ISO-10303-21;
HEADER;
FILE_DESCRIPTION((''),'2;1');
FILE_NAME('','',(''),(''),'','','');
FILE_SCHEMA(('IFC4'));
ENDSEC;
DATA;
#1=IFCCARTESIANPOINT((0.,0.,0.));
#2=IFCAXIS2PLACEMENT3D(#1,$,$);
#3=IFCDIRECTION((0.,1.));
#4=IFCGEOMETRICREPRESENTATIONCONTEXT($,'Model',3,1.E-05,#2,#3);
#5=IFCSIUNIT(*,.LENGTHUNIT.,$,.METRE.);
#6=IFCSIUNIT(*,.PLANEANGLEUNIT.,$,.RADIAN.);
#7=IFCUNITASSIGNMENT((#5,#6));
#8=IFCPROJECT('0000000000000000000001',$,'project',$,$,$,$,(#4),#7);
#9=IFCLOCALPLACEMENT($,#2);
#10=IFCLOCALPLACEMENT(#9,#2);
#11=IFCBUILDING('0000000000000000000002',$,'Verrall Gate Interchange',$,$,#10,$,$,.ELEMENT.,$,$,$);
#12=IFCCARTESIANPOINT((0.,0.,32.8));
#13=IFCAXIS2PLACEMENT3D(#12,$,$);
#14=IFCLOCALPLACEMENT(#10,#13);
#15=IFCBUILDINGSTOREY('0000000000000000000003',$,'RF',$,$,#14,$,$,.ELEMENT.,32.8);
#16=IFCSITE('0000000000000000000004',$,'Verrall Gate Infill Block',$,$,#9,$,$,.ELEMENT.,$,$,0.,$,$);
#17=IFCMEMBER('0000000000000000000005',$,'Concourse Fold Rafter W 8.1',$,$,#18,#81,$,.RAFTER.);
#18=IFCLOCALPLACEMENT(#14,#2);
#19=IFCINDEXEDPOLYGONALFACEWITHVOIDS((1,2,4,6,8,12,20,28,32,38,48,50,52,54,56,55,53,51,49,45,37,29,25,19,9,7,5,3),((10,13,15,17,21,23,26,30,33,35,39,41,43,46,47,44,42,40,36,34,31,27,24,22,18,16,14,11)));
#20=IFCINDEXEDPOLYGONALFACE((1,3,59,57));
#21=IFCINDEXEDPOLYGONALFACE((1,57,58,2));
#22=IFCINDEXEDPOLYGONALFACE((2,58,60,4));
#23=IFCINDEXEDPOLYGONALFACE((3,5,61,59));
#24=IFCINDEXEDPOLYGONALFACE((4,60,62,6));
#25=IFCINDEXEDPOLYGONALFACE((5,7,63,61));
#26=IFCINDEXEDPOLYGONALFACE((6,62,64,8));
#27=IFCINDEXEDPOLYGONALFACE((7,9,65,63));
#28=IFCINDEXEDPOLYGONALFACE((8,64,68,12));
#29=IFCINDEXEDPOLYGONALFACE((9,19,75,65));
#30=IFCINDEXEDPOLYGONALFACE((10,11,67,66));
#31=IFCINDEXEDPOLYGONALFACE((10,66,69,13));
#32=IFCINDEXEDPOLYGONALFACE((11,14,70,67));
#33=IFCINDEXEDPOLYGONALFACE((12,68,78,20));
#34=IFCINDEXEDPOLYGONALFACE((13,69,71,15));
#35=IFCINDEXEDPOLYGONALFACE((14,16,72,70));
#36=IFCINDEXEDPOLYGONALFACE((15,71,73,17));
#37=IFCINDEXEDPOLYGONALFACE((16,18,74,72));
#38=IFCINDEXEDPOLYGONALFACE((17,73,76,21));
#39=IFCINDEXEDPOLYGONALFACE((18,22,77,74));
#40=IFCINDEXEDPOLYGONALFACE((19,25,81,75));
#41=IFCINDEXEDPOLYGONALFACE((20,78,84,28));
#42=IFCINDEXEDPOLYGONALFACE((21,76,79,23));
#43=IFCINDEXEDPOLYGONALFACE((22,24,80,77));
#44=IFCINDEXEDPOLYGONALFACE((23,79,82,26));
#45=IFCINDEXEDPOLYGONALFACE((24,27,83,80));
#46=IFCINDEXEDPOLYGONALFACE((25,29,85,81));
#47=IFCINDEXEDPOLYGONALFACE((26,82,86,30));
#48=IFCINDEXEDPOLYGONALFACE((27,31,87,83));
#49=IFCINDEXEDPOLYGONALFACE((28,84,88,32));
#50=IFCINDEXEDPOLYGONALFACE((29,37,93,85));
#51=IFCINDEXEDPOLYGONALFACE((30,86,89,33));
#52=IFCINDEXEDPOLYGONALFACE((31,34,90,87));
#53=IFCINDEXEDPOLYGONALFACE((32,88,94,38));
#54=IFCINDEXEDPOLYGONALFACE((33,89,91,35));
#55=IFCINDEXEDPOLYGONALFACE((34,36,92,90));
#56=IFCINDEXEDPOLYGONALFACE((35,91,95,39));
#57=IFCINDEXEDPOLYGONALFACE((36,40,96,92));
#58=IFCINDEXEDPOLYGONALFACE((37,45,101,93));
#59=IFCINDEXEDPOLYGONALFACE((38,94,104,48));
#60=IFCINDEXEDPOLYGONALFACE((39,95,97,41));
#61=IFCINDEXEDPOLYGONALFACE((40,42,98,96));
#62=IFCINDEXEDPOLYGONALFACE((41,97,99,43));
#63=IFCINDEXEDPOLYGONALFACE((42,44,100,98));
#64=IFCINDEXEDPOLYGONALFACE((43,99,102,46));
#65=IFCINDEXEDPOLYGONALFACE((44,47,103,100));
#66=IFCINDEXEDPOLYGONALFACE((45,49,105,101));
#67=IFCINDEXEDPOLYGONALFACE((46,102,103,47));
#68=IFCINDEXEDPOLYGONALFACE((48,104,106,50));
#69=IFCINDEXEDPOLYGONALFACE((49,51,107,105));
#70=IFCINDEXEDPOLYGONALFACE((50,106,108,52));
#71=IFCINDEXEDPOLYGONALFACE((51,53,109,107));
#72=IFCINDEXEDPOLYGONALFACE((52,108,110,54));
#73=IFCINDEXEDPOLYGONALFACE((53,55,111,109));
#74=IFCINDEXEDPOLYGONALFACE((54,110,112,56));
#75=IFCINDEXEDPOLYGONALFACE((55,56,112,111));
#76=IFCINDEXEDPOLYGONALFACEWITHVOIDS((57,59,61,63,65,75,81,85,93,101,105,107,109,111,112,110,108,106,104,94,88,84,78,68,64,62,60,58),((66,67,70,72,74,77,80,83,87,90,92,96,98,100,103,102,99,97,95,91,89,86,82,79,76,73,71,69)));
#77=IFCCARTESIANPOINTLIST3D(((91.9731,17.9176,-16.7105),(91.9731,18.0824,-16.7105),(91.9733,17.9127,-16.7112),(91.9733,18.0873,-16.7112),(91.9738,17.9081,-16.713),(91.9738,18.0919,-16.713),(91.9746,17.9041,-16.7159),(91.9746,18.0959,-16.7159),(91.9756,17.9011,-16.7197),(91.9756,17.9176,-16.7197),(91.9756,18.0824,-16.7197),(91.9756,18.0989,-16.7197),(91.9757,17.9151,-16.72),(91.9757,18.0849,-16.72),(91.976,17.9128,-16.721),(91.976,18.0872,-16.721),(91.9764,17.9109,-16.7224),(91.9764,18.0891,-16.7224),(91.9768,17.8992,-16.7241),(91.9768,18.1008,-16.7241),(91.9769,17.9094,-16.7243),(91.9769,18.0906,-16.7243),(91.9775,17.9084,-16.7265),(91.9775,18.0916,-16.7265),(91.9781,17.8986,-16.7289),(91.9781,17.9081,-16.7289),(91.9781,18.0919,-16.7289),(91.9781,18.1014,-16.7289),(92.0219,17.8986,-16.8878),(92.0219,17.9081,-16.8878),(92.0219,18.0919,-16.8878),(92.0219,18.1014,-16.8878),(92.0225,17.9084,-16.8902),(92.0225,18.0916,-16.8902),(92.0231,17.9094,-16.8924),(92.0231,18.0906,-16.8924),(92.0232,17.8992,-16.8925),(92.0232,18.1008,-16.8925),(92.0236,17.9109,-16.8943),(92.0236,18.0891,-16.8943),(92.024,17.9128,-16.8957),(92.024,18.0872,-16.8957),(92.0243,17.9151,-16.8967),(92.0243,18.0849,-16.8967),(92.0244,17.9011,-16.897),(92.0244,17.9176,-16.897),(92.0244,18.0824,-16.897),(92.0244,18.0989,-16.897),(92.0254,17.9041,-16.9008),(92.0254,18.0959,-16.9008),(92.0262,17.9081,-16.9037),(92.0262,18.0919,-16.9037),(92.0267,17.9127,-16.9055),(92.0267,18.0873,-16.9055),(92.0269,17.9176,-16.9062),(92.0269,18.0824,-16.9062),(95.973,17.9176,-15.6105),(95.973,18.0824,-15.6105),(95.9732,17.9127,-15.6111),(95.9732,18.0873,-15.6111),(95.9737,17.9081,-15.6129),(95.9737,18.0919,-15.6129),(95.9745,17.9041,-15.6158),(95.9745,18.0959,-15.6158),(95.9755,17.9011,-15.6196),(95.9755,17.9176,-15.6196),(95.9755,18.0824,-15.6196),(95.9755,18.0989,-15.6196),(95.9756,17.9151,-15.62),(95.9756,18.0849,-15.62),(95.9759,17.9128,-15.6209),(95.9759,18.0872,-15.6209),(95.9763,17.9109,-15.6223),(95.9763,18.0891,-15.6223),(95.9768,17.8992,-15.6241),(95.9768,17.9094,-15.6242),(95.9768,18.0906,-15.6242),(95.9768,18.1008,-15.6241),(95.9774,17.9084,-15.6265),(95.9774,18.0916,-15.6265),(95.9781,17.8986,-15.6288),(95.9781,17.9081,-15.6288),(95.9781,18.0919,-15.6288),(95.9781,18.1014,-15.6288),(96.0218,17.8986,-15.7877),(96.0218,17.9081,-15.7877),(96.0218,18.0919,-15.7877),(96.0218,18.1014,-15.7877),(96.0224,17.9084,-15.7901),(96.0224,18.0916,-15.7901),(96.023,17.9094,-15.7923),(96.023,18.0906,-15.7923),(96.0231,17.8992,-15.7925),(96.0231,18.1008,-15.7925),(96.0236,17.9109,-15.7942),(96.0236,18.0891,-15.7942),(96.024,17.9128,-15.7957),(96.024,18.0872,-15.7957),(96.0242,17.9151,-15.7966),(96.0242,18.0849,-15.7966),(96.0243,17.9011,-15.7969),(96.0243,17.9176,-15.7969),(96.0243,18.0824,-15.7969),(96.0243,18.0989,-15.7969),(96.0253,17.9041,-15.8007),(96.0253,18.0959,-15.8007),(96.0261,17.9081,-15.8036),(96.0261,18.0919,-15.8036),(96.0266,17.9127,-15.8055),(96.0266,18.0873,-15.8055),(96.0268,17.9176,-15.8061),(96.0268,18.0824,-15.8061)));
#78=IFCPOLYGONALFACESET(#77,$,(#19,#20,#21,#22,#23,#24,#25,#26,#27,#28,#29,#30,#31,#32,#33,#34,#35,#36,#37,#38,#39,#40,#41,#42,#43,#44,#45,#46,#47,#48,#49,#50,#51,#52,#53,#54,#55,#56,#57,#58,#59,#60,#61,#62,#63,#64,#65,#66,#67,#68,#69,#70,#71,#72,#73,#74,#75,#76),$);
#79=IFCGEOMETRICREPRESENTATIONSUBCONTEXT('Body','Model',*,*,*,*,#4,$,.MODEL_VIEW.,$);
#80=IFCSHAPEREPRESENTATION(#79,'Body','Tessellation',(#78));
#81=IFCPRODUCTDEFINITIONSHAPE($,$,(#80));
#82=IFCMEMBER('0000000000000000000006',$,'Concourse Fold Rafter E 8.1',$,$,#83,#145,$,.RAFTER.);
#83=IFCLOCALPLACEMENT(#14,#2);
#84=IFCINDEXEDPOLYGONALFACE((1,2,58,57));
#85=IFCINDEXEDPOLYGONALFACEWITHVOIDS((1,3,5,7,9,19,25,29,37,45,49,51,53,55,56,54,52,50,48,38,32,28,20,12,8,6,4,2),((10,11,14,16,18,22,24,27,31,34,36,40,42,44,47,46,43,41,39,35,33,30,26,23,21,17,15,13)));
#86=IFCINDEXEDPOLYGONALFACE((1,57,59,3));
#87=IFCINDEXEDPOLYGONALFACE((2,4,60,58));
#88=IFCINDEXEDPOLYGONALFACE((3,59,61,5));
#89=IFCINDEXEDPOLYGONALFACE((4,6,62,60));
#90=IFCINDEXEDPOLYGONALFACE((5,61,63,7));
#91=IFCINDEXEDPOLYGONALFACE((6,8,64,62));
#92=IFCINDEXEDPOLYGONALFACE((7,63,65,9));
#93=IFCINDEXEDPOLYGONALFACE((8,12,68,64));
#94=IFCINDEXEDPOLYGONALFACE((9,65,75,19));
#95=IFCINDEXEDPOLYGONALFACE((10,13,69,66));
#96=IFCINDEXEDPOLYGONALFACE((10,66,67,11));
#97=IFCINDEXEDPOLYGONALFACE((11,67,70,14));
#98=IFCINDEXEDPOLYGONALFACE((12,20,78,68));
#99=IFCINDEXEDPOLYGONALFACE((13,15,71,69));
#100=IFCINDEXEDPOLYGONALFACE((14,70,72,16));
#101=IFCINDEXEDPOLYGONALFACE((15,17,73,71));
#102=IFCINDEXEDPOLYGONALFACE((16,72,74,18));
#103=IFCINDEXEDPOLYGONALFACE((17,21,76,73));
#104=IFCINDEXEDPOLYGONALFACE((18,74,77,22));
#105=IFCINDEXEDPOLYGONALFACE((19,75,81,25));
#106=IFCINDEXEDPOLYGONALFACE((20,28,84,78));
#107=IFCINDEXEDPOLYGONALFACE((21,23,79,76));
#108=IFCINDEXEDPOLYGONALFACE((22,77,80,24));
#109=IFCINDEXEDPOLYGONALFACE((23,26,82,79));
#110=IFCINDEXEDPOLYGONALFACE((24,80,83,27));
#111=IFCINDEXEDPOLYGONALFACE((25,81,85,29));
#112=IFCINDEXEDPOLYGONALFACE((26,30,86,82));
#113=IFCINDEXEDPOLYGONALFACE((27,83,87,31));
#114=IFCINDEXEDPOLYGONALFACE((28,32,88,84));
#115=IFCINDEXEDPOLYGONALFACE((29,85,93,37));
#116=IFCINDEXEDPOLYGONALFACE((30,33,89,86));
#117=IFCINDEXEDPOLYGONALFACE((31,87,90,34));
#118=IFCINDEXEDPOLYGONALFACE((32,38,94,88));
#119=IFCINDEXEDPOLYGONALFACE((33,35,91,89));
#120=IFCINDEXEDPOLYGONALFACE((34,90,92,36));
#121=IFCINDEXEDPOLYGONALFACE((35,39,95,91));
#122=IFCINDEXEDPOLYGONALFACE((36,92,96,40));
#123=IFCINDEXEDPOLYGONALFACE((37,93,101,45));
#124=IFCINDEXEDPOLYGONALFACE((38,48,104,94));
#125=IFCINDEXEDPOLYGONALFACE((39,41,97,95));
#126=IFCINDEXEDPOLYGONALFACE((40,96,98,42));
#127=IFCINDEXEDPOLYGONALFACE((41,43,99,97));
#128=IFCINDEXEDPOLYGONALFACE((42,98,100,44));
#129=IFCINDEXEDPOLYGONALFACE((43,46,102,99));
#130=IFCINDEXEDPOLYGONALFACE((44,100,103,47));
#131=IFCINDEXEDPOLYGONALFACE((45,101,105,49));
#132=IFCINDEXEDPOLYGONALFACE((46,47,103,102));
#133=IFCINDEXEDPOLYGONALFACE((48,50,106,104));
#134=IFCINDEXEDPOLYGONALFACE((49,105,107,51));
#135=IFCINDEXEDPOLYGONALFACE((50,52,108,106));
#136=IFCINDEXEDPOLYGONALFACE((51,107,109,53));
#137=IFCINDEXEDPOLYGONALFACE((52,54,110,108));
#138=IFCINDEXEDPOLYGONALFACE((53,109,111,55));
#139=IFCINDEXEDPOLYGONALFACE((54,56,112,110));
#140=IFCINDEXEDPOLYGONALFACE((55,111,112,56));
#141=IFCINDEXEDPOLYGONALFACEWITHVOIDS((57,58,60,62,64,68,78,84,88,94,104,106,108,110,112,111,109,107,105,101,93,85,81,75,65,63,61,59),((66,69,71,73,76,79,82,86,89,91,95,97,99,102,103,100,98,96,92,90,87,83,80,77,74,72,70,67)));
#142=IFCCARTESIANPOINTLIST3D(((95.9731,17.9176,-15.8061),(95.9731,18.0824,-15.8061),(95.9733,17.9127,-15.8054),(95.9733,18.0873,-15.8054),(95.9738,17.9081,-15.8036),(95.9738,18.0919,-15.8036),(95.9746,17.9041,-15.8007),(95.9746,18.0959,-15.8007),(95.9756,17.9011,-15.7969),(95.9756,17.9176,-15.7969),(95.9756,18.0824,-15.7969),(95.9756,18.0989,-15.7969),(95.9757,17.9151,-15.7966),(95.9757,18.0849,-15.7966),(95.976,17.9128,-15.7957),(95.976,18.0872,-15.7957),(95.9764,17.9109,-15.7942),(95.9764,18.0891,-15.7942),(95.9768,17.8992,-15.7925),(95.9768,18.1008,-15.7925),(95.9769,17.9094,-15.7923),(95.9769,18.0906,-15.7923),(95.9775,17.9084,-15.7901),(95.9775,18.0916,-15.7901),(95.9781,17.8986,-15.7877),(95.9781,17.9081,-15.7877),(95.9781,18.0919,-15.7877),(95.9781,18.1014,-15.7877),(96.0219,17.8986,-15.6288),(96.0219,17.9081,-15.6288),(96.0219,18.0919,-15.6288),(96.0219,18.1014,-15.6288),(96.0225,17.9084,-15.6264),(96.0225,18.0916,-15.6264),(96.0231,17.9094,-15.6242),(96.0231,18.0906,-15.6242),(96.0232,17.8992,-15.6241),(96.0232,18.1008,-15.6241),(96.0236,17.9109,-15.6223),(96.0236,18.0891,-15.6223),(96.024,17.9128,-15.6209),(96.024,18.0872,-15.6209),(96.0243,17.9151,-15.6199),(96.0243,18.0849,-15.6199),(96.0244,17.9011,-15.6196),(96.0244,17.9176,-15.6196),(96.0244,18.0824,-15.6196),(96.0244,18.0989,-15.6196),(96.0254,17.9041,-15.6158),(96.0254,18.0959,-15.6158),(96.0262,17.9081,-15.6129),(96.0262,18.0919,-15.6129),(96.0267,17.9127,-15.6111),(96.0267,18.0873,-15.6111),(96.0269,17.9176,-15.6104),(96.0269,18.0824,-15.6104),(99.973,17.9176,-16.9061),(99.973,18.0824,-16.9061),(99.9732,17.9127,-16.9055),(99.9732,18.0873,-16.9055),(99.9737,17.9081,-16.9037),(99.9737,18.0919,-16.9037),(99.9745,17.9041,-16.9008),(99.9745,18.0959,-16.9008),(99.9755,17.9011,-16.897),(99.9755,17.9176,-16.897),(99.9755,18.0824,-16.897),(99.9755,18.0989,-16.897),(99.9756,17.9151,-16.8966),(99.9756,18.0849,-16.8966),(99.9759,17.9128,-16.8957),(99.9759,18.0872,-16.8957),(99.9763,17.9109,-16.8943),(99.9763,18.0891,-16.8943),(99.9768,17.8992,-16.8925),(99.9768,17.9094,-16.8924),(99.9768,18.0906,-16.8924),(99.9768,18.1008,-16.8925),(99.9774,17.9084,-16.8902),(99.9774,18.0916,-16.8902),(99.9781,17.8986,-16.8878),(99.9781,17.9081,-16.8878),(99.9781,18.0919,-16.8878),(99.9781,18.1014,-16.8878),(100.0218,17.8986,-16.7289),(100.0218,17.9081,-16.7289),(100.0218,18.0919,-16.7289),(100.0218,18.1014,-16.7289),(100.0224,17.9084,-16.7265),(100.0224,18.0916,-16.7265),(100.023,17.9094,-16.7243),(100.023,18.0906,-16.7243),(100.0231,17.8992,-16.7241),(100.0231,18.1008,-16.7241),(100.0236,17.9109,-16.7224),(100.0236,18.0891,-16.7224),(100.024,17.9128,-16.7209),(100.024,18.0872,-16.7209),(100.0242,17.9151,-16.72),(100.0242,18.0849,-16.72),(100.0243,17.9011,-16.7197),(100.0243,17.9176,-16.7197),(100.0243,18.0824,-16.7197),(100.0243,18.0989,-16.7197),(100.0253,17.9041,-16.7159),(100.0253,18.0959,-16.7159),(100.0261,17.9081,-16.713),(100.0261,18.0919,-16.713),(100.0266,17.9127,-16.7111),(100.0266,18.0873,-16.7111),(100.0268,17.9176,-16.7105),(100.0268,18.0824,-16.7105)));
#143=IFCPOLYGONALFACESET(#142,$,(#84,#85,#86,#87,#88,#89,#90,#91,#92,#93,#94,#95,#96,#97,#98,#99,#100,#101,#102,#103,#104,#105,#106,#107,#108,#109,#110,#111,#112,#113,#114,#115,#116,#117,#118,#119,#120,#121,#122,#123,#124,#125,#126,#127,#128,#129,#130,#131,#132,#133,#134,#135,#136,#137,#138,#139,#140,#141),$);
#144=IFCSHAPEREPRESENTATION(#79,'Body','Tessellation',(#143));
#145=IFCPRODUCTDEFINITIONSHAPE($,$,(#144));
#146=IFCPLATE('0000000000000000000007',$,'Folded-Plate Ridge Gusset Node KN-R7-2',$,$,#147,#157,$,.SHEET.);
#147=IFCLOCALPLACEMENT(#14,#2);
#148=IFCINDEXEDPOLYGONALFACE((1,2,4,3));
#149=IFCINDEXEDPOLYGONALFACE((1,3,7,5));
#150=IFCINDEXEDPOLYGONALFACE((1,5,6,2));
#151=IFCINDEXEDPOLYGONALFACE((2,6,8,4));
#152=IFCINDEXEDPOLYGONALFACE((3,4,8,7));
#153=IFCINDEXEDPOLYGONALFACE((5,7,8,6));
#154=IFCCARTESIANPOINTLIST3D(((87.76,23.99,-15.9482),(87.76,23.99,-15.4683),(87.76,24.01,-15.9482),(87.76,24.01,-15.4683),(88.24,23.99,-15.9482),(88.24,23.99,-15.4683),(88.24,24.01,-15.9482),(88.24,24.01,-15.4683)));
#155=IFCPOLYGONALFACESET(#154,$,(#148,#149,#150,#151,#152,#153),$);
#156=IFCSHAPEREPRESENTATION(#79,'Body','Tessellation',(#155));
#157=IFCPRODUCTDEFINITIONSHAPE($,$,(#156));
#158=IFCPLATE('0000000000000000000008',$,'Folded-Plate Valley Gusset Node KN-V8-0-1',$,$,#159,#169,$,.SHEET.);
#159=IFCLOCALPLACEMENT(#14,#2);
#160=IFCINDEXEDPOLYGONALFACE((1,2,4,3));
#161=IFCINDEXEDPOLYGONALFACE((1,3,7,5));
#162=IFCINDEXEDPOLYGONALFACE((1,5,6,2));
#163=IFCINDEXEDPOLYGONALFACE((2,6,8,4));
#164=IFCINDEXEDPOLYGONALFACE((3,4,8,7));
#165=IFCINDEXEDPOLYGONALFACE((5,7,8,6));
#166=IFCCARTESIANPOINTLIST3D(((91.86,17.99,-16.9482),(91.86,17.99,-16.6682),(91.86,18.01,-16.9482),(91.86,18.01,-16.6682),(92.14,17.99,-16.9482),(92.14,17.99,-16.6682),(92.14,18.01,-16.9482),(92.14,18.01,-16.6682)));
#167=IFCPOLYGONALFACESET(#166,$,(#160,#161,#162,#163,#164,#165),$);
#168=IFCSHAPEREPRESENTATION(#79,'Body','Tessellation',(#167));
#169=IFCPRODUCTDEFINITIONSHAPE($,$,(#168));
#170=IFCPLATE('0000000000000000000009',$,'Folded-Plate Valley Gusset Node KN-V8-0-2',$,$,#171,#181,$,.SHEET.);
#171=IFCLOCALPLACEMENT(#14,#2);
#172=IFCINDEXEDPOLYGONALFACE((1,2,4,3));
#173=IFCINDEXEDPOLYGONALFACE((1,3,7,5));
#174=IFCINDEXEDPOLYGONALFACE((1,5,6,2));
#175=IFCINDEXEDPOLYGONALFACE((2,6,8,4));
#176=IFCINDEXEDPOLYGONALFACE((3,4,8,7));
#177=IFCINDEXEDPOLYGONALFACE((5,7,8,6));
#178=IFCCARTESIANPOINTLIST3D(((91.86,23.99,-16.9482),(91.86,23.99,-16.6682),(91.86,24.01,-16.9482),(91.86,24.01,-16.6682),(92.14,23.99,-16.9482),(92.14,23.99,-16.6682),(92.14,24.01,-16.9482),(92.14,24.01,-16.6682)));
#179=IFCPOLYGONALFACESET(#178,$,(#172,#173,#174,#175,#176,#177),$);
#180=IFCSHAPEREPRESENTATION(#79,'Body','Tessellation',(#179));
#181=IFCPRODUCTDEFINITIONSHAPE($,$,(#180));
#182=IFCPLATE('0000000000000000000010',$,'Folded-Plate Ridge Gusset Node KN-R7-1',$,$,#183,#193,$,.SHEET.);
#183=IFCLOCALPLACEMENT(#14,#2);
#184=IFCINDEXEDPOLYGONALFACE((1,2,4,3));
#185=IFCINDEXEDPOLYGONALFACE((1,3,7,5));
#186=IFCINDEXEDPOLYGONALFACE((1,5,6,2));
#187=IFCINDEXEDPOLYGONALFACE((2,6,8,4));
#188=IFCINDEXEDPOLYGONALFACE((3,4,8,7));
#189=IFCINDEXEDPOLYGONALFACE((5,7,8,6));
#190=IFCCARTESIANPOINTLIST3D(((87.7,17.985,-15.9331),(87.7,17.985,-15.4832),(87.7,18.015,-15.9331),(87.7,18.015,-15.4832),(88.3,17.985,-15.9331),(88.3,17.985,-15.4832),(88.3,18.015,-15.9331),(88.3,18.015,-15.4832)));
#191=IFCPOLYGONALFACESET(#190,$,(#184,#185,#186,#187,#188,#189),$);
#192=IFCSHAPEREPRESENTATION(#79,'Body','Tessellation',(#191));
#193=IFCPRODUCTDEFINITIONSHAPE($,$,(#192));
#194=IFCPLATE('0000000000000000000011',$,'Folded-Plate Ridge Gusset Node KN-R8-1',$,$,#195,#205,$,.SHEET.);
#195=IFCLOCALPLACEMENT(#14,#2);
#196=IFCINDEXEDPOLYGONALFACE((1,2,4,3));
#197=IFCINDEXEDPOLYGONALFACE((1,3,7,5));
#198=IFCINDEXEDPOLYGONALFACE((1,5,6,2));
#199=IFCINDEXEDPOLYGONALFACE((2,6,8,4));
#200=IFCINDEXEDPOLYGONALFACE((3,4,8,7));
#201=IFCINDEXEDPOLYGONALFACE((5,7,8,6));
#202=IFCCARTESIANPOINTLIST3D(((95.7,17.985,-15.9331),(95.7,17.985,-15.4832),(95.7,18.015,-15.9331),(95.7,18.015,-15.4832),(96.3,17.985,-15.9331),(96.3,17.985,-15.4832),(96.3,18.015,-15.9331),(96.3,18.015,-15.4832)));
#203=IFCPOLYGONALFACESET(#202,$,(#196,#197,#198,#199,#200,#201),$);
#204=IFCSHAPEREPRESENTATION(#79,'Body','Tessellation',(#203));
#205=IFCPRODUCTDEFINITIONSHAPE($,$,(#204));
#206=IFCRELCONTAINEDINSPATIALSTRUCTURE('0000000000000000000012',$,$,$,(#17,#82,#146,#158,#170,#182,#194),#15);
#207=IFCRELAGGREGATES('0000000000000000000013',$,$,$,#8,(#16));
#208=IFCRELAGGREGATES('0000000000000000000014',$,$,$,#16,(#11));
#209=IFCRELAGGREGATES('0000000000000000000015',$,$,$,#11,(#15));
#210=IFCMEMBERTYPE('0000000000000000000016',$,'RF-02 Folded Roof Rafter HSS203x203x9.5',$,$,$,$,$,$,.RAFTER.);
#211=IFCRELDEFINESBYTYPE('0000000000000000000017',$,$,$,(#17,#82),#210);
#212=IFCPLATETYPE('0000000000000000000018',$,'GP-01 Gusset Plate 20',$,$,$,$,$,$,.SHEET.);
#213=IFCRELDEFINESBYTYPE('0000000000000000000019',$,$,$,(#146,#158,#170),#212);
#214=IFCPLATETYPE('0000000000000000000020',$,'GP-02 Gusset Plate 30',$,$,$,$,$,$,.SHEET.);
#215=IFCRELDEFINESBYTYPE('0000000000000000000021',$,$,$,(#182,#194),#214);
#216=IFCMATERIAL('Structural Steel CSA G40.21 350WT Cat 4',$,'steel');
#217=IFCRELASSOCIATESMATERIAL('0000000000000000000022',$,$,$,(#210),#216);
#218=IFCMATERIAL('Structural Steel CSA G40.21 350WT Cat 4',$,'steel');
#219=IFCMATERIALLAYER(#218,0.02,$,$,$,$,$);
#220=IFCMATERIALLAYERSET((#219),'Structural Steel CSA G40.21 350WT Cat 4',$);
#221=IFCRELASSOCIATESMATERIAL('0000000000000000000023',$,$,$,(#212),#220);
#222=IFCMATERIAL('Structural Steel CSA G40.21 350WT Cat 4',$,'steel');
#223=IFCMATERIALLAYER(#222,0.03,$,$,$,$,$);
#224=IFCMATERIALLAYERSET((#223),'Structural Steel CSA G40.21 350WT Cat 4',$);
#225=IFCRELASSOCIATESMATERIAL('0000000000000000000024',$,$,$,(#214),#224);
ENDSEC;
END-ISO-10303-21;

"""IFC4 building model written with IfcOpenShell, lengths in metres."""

from ifc_helpers import new_model, si_unit, direction, frame, origin, origin_2d, place, context, subcontext, project, spatial, rectangle, hollow_rectangle, extrude, material, layer, layer_set, material_profile, profile_set, type_object, element, save


model = new_model("IFC4")

# Units and contexts
model_context = context("Model", 3, precision=1e-05, world=origin(), true_north=direction((0.0, 1.0)))
body_context = subcontext(model_context, "Body", "Model", "MODEL_VIEW")
ifc_project = project(units=[si_unit("LENGTHUNIT", "METRE"), si_unit("PLANEANGLEUNIT", "RADIAN")], contexts=[model_context])

# Site, building, storey
site_placement = place(None, origin())
site = spatial("IfcSite", under=ifc_project, at=site_placement, Name="Verrall Gate Infill Block", CompositionType="ELEMENT", RefElevation=0.0)
building_placement = place(site_placement, origin())
building = spatial("IfcBuilding", under=site, at=building_placement, Name="Verrall Gate Interchange", CompositionType="ELEMENT")
storey_placement = place(building_placement, frame((0.0, 0.0, 32.8)))
storey = spatial("IfcBuildingStorey", under=building, at=storey_placement, Name="RF", CompositionType="ELEMENT", Elevation=32.8)

# Members
ifc_material_1 = material(Name="Structural Steel CSA G40.21 350WT Cat 4", Category="steel")
ifc_material_profile_1 = material_profile(ifc_material_1, hollow_rectangle(XDim=0.2029, YDim=0.2029, WallThickness=0.0095, InnerFilletRadius=0.0095, OuterFilletRadius=0.019, at=origin_2d()), Name="HSS203x203x9.5")
ifc_profile_set_1 = profile_set([ifc_material_profile_1], Name="Structural Steel CSA G40.21 350WT Cat 4")
member_type_1 = type_object("IfcMemberType", Name="RF-02 Folded Roof Rafter HSS203x203x9.5", PredefinedType="RAFTER", material=ifc_profile_set_1)
for number, where, z_axis, x_axis, name in (
    (1, (92.0, 18.0, -16.8083), (0.964199, 0.0, 0.265178), (0.0, 1.0, 0.0), "Concourse Fold Rafter W 8.1"),
    (2, (96.0, 18.0, -15.7083), (0.964199, 0.0, -0.265178), (0.0, 1.0, 0.0), "Concourse Fold Rafter E 8.1"),
):
    element("IfcMember", number, at=place(storey_placement, frame(where, z_axis=z_axis, x_axis=x_axis)), inside=storey, type_object=member_type_1, Name=name, PredefinedType="RAFTER", context=body_context, shape_type="SweptSolid", body=[
        extrude(hollow_rectangle(XDim=0.2029, YDim=0.2029, WallThickness=0.0095, InnerFilletRadius=0.0095, OuterFilletRadius=0.019, at=origin_2d()), origin(), (0.0, 0.0, 1.0), 4.1484),
    ])

# Plates
ifc_material_2 = material(Name="Structural Steel CSA G40.21 350WT Cat 4", Category="steel")
ifc_layer_1 = layer(ifc_material_2, 0.02)
ifc_layer_set_1 = layer_set([ifc_layer_1], Name="Structural Steel CSA G40.21 350WT Cat 4")
plate_type_1 = type_object("IfcPlateType", Name="GP-01 Gusset Plate 20", PredefinedType="SHEET", material=ifc_layer_set_1)
plate_placement = place(storey_placement, frame((88.0, 24.0, -15.9482), z_axis=(0.0, 0.0, 1.0), x_axis=(1.0, 0.0, 0.0)))
element("IfcPlate", 3, at=plate_placement, inside=storey, type_object=plate_type_1, Name="Folded-Plate Ridge Gusset Node KN-R7-2", PredefinedType="SHEET", context=body_context, shape_type="SweptSolid", body=[
    extrude(rectangle(XDim=0.48, YDim=0.02, at=origin_2d()), origin(), (0.0, 0.0, 1.0), 0.48),
])
for number, where, z_axis, x_axis, name in (
    (4, (92.0, 18.0, -16.9482), (0.0, 0.0, 1.0), (1.0, 0.0, 0.0), "Folded-Plate Valley Gusset Node KN-V8-0-1"),
    (5, (92.0, 24.0, -16.9482), (0.0, 0.0, 1.0), (1.0, 0.0, 0.0), "Folded-Plate Valley Gusset Node KN-V8-0-2"),
):
    element("IfcPlate", number, at=place(storey_placement, frame(where, z_axis=z_axis, x_axis=x_axis)), inside=storey, type_object=plate_type_1, Name=name, PredefinedType="SHEET", context=body_context, shape_type="SweptSolid", body=[
        extrude(rectangle(XDim=0.28, YDim=0.02, at=origin_2d()), origin(), (0.0, 0.0, 1.0), 0.28),
    ])
ifc_material_3 = material(Name="Structural Steel CSA G40.21 350WT Cat 4", Category="steel")
ifc_layer_2 = layer(ifc_material_3, 0.03)
ifc_layer_set_2 = layer_set([ifc_layer_2], Name="Structural Steel CSA G40.21 350WT Cat 4")
plate_type_2 = type_object("IfcPlateType", Name="GP-02 Gusset Plate 30", PredefinedType="SHEET", material=ifc_layer_set_2)
for number, where, z_axis, x_axis, name in (
    (6, (88.0, 18.0, -15.9331), (0.0, 0.0, 1.0), (1.0, 0.0, 0.0), "Folded-Plate Ridge Gusset Node KN-R7-1"),
    (7, (96.0, 18.0, -15.9331), (0.0, 0.0, 1.0), (1.0, 0.0, 0.0), "Folded-Plate Ridge Gusset Node KN-R8-1"),
):
    element("IfcPlate", number, at=place(storey_placement, frame(where, z_axis=z_axis, x_axis=x_axis)), inside=storey, type_object=plate_type_2, Name=name, PredefinedType="SHEET", context=body_context, shape_type="SweptSolid", body=[
        extrude(rectangle(XDim=0.6001, YDim=0.03, at=origin_2d()), origin(), (0.0, 0.0, 1.0), 0.45),
    ])

save(model, "model.ifc")
